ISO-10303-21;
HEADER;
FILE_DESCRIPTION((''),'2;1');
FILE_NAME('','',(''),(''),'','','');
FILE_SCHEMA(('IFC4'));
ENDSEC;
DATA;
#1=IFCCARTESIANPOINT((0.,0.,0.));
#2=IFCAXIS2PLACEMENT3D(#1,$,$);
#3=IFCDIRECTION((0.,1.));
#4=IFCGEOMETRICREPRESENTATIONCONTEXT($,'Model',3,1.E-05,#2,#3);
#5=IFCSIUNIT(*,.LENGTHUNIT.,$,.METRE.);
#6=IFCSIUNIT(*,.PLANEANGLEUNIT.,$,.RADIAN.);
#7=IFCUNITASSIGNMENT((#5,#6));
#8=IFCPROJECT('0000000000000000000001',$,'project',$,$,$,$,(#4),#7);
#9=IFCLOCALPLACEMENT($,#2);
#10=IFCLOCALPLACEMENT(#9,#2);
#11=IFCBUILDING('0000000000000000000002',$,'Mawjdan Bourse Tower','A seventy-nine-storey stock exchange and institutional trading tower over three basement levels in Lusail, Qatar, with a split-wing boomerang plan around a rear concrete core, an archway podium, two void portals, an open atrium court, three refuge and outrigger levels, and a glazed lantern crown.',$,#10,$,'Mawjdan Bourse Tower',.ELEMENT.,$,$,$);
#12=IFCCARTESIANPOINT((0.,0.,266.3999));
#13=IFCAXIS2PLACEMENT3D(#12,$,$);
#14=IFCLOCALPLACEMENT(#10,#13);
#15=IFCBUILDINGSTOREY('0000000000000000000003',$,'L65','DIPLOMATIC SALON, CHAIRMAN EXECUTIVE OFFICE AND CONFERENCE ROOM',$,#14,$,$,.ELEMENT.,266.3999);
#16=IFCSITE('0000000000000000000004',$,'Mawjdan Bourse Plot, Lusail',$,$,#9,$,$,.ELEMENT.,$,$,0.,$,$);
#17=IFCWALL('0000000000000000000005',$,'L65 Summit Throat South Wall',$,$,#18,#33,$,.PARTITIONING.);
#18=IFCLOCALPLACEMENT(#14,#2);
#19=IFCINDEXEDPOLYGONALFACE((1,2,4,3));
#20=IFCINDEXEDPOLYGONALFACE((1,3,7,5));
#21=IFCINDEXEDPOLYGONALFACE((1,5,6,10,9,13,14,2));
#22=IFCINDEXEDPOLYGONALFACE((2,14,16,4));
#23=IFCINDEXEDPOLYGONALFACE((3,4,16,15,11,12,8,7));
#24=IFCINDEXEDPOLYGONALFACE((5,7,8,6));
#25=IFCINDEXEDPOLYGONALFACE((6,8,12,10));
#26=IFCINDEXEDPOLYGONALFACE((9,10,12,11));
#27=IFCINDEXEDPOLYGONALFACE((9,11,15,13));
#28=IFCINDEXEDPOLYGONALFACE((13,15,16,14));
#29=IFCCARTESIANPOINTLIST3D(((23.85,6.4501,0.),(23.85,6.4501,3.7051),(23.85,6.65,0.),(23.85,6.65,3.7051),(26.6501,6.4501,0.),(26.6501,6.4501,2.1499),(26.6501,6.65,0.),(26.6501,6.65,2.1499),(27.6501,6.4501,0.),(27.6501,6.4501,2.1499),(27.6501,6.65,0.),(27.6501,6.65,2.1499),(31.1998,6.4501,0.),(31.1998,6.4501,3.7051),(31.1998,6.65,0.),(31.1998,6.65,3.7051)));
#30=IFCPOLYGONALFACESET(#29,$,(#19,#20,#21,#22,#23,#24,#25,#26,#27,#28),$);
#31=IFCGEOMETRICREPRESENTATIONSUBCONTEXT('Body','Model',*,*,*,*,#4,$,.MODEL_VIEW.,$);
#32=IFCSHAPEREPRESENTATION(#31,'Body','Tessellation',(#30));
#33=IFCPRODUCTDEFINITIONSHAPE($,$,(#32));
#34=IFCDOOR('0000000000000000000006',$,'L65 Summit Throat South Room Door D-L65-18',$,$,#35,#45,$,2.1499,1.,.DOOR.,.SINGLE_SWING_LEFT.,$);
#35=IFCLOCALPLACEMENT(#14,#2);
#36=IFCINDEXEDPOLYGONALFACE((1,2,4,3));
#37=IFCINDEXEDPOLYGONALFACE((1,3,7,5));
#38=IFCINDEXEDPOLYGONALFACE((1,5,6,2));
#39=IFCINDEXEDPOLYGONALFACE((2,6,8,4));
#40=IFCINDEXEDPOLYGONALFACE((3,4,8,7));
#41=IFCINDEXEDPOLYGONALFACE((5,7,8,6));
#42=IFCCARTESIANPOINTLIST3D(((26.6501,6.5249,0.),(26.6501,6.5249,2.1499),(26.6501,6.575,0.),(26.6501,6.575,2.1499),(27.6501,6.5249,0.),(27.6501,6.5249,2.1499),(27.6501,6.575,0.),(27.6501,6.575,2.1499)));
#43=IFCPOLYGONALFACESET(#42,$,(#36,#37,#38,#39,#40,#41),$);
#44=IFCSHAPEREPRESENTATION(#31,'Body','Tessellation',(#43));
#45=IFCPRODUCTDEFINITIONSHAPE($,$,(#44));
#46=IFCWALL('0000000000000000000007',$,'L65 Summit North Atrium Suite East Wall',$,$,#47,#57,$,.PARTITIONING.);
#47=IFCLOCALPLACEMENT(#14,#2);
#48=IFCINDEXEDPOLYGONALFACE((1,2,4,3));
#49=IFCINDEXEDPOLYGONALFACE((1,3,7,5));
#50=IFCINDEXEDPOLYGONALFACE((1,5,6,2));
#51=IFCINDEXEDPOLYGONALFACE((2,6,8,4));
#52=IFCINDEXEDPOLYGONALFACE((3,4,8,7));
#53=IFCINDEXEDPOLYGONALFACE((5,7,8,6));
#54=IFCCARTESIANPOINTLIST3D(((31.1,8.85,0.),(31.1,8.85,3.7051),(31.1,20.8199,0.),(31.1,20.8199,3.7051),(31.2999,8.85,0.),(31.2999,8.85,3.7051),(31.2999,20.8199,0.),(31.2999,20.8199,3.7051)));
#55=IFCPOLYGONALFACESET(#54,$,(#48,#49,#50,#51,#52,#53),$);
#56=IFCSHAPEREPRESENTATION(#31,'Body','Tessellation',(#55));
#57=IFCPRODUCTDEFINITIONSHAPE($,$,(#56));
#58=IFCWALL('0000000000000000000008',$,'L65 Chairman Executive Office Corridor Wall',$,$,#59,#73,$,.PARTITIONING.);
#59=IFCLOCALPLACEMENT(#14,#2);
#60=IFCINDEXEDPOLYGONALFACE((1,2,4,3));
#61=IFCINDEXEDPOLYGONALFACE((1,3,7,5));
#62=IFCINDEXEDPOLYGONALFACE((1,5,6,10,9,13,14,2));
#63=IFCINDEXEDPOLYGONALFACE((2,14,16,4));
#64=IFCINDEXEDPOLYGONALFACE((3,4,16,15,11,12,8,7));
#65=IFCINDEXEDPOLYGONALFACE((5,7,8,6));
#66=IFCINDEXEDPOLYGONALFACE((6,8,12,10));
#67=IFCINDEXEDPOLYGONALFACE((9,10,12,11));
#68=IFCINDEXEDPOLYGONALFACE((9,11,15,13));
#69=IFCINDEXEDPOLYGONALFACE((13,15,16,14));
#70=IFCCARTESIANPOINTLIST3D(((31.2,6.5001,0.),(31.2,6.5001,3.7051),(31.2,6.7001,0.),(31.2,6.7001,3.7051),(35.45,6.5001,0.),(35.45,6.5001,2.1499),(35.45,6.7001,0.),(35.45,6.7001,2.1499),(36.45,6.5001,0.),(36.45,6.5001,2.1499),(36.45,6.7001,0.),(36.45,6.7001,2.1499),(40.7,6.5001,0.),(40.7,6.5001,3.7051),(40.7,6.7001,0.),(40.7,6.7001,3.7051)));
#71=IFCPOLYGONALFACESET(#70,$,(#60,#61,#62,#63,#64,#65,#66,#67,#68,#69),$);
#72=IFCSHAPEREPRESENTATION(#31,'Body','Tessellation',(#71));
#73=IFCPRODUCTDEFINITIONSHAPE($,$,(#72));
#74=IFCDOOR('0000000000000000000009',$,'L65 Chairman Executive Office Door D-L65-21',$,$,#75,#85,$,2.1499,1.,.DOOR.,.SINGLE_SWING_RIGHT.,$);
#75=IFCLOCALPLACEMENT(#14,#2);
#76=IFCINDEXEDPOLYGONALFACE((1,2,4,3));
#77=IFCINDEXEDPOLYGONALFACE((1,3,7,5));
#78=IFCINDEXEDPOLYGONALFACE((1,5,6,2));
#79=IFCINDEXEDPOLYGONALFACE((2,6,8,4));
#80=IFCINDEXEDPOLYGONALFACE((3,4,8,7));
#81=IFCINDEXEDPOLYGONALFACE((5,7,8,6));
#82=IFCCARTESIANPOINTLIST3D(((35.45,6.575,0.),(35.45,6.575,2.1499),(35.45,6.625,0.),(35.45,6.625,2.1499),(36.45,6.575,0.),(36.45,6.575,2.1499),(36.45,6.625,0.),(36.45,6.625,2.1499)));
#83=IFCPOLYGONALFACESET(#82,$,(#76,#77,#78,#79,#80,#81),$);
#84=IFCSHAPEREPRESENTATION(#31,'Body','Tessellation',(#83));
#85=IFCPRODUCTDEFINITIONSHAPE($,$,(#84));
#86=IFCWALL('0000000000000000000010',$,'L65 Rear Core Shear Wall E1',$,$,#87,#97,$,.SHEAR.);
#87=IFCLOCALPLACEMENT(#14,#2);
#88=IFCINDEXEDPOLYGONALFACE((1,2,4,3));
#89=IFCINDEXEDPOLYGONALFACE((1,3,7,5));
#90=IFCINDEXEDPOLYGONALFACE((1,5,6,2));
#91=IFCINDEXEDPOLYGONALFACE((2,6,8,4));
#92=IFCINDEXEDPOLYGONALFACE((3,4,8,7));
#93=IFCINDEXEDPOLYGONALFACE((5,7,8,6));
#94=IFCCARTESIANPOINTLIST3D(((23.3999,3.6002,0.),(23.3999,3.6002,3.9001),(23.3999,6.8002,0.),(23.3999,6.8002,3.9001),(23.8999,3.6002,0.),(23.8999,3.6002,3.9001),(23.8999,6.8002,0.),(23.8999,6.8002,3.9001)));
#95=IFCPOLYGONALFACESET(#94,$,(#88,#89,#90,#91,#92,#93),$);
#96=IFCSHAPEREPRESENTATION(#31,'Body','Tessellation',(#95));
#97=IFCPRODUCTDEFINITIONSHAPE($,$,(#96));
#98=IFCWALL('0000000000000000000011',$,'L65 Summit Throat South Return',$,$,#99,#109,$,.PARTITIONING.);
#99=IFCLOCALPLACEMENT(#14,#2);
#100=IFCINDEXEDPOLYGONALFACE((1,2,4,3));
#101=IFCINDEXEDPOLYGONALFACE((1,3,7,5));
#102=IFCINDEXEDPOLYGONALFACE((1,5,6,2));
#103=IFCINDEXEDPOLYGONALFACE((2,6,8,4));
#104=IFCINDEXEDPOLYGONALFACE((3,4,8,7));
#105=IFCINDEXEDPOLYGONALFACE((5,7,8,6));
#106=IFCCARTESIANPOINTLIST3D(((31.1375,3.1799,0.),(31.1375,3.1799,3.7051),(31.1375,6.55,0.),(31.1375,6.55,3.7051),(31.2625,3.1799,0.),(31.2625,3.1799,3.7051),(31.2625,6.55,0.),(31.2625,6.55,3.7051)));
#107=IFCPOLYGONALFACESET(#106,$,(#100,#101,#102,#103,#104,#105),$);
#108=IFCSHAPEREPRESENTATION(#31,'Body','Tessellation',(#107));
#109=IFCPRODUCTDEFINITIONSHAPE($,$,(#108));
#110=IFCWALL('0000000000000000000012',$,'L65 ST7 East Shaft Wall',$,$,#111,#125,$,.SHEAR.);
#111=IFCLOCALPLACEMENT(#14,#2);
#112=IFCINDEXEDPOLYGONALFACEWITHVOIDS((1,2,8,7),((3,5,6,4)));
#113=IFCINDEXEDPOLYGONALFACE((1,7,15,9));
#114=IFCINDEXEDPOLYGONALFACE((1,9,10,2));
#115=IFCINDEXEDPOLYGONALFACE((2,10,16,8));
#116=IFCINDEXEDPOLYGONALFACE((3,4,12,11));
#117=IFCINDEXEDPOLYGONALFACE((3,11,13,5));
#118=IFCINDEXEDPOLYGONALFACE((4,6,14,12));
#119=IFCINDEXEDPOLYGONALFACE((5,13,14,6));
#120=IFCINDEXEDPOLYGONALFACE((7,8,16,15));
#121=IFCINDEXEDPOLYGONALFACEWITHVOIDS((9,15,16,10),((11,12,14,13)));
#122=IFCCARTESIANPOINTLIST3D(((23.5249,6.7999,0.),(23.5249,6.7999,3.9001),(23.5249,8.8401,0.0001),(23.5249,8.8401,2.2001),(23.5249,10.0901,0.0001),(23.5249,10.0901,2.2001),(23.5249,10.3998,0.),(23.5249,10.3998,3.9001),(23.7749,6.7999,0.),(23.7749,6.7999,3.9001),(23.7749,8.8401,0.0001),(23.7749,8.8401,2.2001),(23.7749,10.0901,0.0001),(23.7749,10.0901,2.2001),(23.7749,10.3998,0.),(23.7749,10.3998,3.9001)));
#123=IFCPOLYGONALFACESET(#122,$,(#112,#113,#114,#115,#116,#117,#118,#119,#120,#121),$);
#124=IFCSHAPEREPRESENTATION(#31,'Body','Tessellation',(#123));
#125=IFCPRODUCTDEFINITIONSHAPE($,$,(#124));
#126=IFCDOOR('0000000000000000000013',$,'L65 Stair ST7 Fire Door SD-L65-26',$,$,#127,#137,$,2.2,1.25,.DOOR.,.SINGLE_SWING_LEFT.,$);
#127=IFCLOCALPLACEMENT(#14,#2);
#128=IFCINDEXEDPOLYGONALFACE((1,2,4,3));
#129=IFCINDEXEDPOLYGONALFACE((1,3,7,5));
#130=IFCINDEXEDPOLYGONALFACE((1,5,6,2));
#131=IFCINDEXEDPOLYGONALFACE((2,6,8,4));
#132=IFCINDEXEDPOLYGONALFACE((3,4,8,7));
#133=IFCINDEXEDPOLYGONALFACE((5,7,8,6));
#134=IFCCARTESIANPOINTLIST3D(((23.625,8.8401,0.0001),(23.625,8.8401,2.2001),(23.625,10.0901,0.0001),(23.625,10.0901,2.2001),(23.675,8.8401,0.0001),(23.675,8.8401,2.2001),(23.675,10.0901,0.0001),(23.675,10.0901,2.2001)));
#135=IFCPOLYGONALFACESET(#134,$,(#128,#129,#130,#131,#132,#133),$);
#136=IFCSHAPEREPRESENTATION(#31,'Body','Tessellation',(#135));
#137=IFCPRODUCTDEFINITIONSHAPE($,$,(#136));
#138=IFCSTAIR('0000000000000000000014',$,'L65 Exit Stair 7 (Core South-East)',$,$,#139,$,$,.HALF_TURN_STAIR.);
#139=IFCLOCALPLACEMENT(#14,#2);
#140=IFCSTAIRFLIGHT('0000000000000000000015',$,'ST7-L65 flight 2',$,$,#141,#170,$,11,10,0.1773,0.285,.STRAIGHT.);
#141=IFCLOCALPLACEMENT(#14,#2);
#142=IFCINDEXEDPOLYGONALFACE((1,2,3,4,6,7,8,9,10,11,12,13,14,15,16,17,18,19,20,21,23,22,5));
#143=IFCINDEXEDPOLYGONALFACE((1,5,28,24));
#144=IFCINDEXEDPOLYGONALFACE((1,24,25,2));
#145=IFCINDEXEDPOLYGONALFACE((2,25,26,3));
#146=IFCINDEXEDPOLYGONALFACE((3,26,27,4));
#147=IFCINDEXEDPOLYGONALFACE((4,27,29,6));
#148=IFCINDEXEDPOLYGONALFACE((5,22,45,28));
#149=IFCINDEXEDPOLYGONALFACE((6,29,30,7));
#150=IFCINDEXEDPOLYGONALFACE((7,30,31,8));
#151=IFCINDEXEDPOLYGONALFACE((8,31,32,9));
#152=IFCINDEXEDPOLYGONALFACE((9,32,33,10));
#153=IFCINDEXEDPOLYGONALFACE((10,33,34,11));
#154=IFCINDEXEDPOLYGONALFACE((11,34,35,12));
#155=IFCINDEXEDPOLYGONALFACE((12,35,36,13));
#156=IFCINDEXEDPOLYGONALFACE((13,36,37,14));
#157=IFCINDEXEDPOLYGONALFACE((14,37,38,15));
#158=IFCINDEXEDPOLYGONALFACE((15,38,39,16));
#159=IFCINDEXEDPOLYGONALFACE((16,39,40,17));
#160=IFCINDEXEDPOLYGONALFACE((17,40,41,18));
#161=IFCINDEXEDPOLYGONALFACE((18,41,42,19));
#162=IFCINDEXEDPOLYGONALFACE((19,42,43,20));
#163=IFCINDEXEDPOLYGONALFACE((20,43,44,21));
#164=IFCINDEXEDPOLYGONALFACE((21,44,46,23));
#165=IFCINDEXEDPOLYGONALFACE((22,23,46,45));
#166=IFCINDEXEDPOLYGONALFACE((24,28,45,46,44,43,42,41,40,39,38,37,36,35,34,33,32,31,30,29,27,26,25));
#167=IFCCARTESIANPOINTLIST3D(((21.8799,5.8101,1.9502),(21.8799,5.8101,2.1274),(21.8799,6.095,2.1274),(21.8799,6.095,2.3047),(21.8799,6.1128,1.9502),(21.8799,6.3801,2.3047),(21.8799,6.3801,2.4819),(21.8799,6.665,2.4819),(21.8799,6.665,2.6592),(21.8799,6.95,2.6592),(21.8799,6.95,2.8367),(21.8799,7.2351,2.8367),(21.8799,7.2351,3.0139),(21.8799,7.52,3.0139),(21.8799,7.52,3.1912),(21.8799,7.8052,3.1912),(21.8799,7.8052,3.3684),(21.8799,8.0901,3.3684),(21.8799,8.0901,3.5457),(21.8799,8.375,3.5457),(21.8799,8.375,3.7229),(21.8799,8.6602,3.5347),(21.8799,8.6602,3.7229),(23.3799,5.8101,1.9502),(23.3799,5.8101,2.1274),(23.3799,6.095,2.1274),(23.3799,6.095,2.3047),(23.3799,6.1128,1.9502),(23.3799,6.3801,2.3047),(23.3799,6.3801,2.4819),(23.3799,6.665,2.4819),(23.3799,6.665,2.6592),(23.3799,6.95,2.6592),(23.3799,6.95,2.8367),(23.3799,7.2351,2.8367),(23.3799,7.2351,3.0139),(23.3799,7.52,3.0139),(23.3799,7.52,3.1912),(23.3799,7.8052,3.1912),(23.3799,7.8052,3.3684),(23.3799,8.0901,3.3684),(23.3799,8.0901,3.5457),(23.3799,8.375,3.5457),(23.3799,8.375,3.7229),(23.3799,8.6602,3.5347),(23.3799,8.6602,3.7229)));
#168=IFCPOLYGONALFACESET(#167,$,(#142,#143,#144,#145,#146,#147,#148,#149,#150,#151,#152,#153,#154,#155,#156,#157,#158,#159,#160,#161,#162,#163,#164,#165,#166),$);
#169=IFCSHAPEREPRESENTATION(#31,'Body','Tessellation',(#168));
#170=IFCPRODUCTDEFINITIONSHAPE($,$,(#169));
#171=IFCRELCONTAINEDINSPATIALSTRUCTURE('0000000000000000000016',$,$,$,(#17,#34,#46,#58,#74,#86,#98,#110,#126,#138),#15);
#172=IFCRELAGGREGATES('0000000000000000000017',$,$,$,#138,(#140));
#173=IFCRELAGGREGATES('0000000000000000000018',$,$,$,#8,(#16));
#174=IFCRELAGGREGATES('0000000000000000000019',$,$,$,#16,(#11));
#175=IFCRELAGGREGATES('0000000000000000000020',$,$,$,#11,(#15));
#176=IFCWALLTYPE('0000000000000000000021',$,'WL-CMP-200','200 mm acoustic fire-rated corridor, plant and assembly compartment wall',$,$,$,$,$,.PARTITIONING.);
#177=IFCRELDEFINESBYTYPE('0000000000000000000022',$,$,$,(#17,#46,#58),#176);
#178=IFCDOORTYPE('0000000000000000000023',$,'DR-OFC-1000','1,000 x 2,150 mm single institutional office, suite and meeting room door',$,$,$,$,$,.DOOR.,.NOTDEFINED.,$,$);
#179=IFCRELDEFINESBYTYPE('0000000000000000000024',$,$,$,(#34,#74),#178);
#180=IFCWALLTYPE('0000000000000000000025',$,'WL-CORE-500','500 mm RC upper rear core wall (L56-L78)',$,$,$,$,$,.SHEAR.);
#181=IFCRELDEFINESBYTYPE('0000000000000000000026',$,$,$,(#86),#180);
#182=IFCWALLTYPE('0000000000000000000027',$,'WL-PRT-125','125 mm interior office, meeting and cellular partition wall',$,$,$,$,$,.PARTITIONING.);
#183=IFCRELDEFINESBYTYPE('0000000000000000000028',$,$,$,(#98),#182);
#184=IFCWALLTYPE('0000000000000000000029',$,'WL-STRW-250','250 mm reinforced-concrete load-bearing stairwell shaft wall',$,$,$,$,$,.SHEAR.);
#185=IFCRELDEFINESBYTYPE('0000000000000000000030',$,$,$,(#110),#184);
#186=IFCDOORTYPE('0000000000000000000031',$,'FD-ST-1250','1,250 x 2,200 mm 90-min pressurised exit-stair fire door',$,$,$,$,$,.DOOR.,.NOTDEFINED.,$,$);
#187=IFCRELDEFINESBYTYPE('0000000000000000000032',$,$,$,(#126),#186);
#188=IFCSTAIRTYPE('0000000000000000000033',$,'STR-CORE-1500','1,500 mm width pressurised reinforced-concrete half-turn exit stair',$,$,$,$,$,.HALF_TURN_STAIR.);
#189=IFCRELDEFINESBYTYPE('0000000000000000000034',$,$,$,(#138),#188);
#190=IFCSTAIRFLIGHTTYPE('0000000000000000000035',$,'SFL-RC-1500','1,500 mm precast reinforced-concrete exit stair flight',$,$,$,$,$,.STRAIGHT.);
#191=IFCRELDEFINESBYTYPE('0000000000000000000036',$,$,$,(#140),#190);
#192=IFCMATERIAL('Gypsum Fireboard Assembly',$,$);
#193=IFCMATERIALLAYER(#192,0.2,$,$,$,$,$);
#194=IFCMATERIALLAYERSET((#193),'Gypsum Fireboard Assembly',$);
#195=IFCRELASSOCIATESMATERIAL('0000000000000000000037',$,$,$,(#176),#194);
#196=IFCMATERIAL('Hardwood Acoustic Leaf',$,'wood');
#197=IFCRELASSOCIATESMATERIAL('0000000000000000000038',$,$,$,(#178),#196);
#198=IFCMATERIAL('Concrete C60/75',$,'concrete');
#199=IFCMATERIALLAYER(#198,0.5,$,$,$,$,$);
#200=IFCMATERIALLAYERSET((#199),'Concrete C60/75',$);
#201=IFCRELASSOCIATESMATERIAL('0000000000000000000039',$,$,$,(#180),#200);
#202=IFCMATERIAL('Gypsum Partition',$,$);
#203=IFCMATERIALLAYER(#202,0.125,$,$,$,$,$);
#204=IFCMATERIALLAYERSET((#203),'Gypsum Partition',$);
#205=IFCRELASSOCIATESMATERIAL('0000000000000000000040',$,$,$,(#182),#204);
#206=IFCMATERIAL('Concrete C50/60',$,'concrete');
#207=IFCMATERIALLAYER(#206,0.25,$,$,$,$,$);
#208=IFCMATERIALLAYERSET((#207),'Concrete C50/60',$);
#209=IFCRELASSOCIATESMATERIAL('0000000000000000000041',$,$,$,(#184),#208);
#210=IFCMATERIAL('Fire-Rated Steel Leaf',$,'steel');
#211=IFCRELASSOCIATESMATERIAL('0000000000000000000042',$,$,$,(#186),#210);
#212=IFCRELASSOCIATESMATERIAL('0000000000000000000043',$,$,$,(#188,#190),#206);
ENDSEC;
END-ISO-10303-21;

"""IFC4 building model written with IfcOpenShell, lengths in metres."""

from ifc_helpers import new_model, si_unit, direction, frame, frame_2d, origin, place, context, subcontext, project, spatial, polyline, rectangle, outline, extrude, material, layer, layer_set, type_object, element, fill, aggregate, save


model = new_model("IFC4")

# Units and contexts
model_context = context("Model", 3, precision=1e-05, world=origin(), true_north=direction((0.0, 1.0)))
body_context = subcontext(model_context, "Body", "Model", "MODEL_VIEW")
ifc_project = project(units=[si_unit("LENGTHUNIT", "METRE"), si_unit("PLANEANGLEUNIT", "RADIAN")], contexts=[model_context])

# Site, building, storey
site_placement = place(None, origin())
site = spatial("IfcSite", under=ifc_project, at=site_placement, Name="Mawjdan Bourse Plot, Lusail", CompositionType="ELEMENT", RefElevation=0.0)
building_placement = place(site_placement, origin())
building = spatial("IfcBuilding", under=site, at=building_placement, Name="Mawjdan Bourse Tower", Description="A seventy-nine-storey stock exchange and institutional trading tower over three basement levels in Lusail, Qatar, with a split-wing boomerang plan around a rear concrete core, an archway podium, two void portals, an open atrium court, three refuge and outrigger levels, and a glazed lantern crown.", LongName="Mawjdan Bourse Tower", CompositionType="ELEMENT")
storey_placement = place(building_placement, frame((0.0, 0.0, 266.3999)))
storey = spatial("IfcBuildingStorey", under=building, at=storey_placement, Name="L65", Description="DIPLOMATIC SALON, CHAIRMAN EXECUTIVE OFFICE AND CONFERENCE ROOM", CompositionType="ELEMENT", Elevation=266.3999)

# Shared definitions
ifc_material_1 = material(Name="Concrete C60/75", Category="concrete")

# Wall, opening, door
ifc_material_2 = material(Name="Gypsum Fireboard Assembly")
ifc_layer_1 = layer(ifc_material_2, 0.2)
ifc_layer_set_1 = layer_set([ifc_layer_1], Name="Gypsum Fireboard Assembly")
wall_type_1 = type_object("IfcWallType", Name="WL-CMP-200", Description="200 mm acoustic fire-rated corridor, plant and assembly compartment wall", PredefinedType="PARTITIONING", material=ifc_layer_set_1)
wall_1_placement = place(storey_placement, frame((23.8501, 6.55, 0.0), z_axis=(0.0, 0.0, 1.0), x_axis=(1.0, 0.0, 0.0)))
wall_1 = element("IfcWall", 1, at=wall_1_placement, inside=storey, type_object=wall_type_1, Name="L65 Summit Throat South Wall", PredefinedType="PARTITIONING", context=body_context, shape_type="SweptSolid", body=[
    extrude(rectangle(XDim=7.3499, YDim=0.2, at=frame_2d((3.6748, 0.0))), origin(), (0.0, 0.0, 1.0), 3.7051),
])
opening_1_placement = place(wall_1_placement, frame((2.8, 0.0, 0.0)))
opening_1 = element("IfcOpeningElement", 2, at=opening_1_placement, cuts=wall_1, PredefinedType="OPENING", context=body_context, shape_type="SweptSolid", body=[
    extrude(rectangle(XDim=1.0, YDim=2.1499, at=frame_2d((0.5, 1.075))), frame((0.0, 0.1099, 0.0), z_axis=(0.0, -1.0, 0.0), x_axis=(1.0, 0.0, 0.0)), (0.0, 0.0, 1.0), 0.22),
])
ifc_material_3 = material(Name="Hardwood Acoustic Leaf", Category="wood")
door_type_1 = type_object("IfcDoorType", Name="DR-OFC-1000", Description="1,000 x 2,150 mm single institutional office, suite and meeting room door", OperationType="NOTDEFINED", PredefinedType="DOOR", material=ifc_material_3)
door_1_placement = place(opening_1_placement, origin())
door_1 = element("IfcDoor", 3, at=door_1_placement, inside=storey, type_object=door_type_1, Name="L65 Summit Throat South Room Door D-L65-18", OperationType="SINGLE_SWING_LEFT", OverallHeight=2.1499, OverallWidth=1.0, PredefinedType="DOOR", context=body_context, shape_type="SweptSolid", body=[
    extrude(rectangle(XDim=1.0, YDim=2.1499, at=frame_2d((0.5, 1.075))), frame((0.0, 0.0249, 0.0), z_axis=(0.0, -1.0, 0.0), x_axis=(1.0, 0.0, 0.0)), (0.0, 0.0, 1.0), 0.05),
])
fill(opening_1, door_1)

# Wall
wall_2_placement = place(storey_placement, frame((31.2, 8.8501, 0.0), z_axis=(0.0, 0.0, 1.0), x_axis=(0.0, 1.0, 0.0)))
element("IfcWall", 4, at=wall_2_placement, inside=storey, type_object=wall_type_1, Name="L65 Summit North Atrium Suite East Wall", PredefinedType="PARTITIONING", context=body_context, shape_type="SweptSolid", body=[
    extrude(rectangle(XDim=11.97, YDim=0.2, at=frame_2d((5.9849, 0.0))), origin(), (0.0, 0.0, 1.0), 3.7051),
])

# Wall, opening, door
wall_3_placement = place(storey_placement, frame((31.2, 6.6001, 0.0), z_axis=(0.0, 0.0, 1.0), x_axis=(1.0, 0.0, 0.0)))
wall_3 = element("IfcWall", 5, at=wall_3_placement, inside=storey, type_object=wall_type_1, Name="L65 Chairman Executive Office Corridor Wall", PredefinedType="PARTITIONING", context=body_context, shape_type="SweptSolid", body=[
    extrude(rectangle(XDim=9.5, YDim=0.2, at=frame_2d((4.75, 0.0))), origin(), (0.0, 0.0, 1.0), 3.7051),
])
opening_2_placement = place(wall_3_placement, frame((4.25, 0.0, 0.0)))
opening_2 = element("IfcOpeningElement", 6, at=opening_2_placement, cuts=wall_3, PredefinedType="OPENING", context=body_context, shape_type="SweptSolid", body=[
    extrude(rectangle(XDim=1.0, YDim=2.1499, at=frame_2d((0.5, 1.075))), frame((0.0, 0.1099, 0.0), z_axis=(0.0, -1.0, 0.0), x_axis=(1.0, 0.0, 0.0)), (0.0, 0.0, 1.0), 0.22),
])
door_2_placement = place(opening_2_placement, origin())
door_2 = element("IfcDoor", 7, at=door_2_placement, inside=storey, type_object=door_type_1, Name="L65 Chairman Executive Office Door D-L65-21", OperationType="SINGLE_SWING_RIGHT", OverallHeight=2.1499, OverallWidth=1.0, PredefinedType="DOOR", context=body_context, shape_type="SweptSolid", body=[
    extrude(rectangle(XDim=1.0, YDim=2.1499, at=frame_2d((0.5, 1.075))), frame((0.0, 0.0249, 0.0), z_axis=(0.0, -1.0, 0.0), x_axis=(1.0, 0.0, 0.0)), (0.0, 0.0, 1.0), 0.05),
])
fill(opening_2, door_2)

# Walls
ifc_layer_2 = layer(ifc_material_1, 0.5)
ifc_layer_set_2 = layer_set([ifc_layer_2], Name="Concrete C60/75")
wall_type_2 = type_object("IfcWallType", Name="WL-CORE-500", Description="500 mm RC upper rear core wall (L56-L78)", PredefinedType="SHEAR", material=ifc_layer_set_2)
wall_4_placement = place(storey_placement, frame((23.6499, 3.6001, 0.0), z_axis=(0.0, 0.0, 1.0), x_axis=(0.0, 1.0, 0.0)))
element("IfcWall", 8, at=wall_4_placement, inside=storey, type_object=wall_type_2, Name="L65 Rear Core Shear Wall E1", PredefinedType="SHEAR", context=body_context, shape_type="SweptSolid", body=[
    extrude(rectangle(XDim=3.2, YDim=0.5, at=frame_2d((1.6001, 0.0))), origin(), (0.0, 0.0, 1.0), 3.9001),
])
ifc_material_4 = material(Name="Gypsum Partition")
ifc_layer_3 = layer(ifc_material_4, 0.125)
ifc_layer_set_3 = layer_set([ifc_layer_3], Name="Gypsum Partition")
wall_type_3 = type_object("IfcWallType", Name="WL-PRT-125", Description="125 mm interior office, meeting and cellular partition wall", PredefinedType="PARTITIONING", material=ifc_layer_set_3)
wall_5_placement = place(storey_placement, frame((31.2, 3.1799, 0.0), z_axis=(0.0, 0.0, 1.0), x_axis=(0.0, 1.0, 0.0)))
element("IfcWall", 9, at=wall_5_placement, inside=storey, type_object=wall_type_3, Name="L65 Summit Throat South Return", PredefinedType="PARTITIONING", context=body_context, shape_type="SweptSolid", body=[
    extrude(rectangle(XDim=3.3701, YDim=0.125, at=frame_2d((1.6851, 0.0))), origin(), (0.0, 0.0, 1.0), 3.7051),
])

# Wall, opening, door
ifc_material_5 = material(Name="Concrete C50/60", Category="concrete")
ifc_layer_4 = layer(ifc_material_5, 0.25)
ifc_layer_set_4 = layer_set([ifc_layer_4], Name="Concrete C50/60")
wall_type_4 = type_object("IfcWallType", Name="WL-STRW-250", Description="250 mm reinforced-concrete load-bearing stairwell shaft wall", PredefinedType="SHEAR", material=ifc_layer_set_4)
wall_6_placement = place(storey_placement, frame((23.6499, 6.8, 0.0), z_axis=(0.0, 0.0, 1.0), x_axis=(0.0, 1.0, 0.0)))
wall_6 = element("IfcWall", 10, at=wall_6_placement, inside=storey, type_object=wall_type_4, Name="L65 ST7 East Shaft Wall", PredefinedType="SHEAR", context=body_context, shape_type="SweptSolid", body=[
    extrude(rectangle(XDim=3.5999, YDim=0.25, at=frame_2d((1.7998, 0.0))), origin(), (0.0, 0.0, 1.0), 3.9001),
])
opening_3_placement = place(wall_6_placement, frame((2.04, 0.0, 0.0)))
opening_3 = element("IfcOpeningElement", 11, at=opening_3_placement, cuts=wall_6, PredefinedType="OPENING", context=body_context, shape_type="SweptSolid", body=[
    extrude(rectangle(XDim=1.25, YDim=2.2, at=frame_2d((0.625, 1.1001))), frame((0.0, 0.135, 0.0), z_axis=(0.0, -1.0, 0.0), x_axis=(1.0, 0.0, 0.0)), (0.0, 0.0, 1.0), 0.27),
])
ifc_material_6 = material(Name="Fire-Rated Steel Leaf", Category="steel")
door_type_2 = type_object("IfcDoorType", Name="FD-ST-1250", Description="1,250 x 2,200 mm 90-min pressurised exit-stair fire door", OperationType="NOTDEFINED", PredefinedType="DOOR", material=ifc_material_6)
door_3_placement = place(opening_3_placement, origin())
door_3 = element("IfcDoor", 12, at=door_3_placement, inside=storey, type_object=door_type_2, Name="L65 Stair ST7 Fire Door SD-L65-26", OperationType="SINGLE_SWING_LEFT", OverallHeight=2.2, OverallWidth=1.25, PredefinedType="DOOR", context=body_context, shape_type="SweptSolid", body=[
    extrude(rectangle(XDim=1.25, YDim=2.2, at=frame_2d((0.625, 1.1001))), frame((0.0, 0.0249, 0.0), z_axis=(0.0, -1.0, 0.0), x_axis=(1.0, 0.0, 0.0)), (0.0, 0.0, 1.0), 0.05),
])
fill(opening_3, door_3)

# Stair, stair flight
stair_type = type_object("IfcStairType", Name="STR-CORE-1500", Description="1,500 mm width pressurised reinforced-concrete half-turn exit stair", PredefinedType="HALF_TURN_STAIR", material=ifc_material_5)
stair_placement = place(storey_placement, origin())
stair = element("IfcStair", 13, at=stair_placement, inside=storey, type_object=stair_type, Name="L65 Exit Stair 7 (Core South-East)", PredefinedType="HALF_TURN_STAIR")
stair_flight_type = type_object("IfcStairFlightType", Name="SFL-RC-1500", Description="1,500 mm precast reinforced-concrete exit stair flight", PredefinedType="STRAIGHT", material=ifc_material_5)
stair_flight_placement = place(storey_placement, frame((22.6299, 5.8101, 1.9502), z_axis=(0.0, 0.0, 1.0), x_axis=(0.0, 1.0, 0.0)))
stair_flight = element("IfcStairFlight", 14, at=stair_flight_placement, type_object=stair_flight_type, Name="ST7-L65 flight 2", NumberOfRisers=11, NumberOfTreads=10, PredefinedType="STRAIGHT", RiserHeight=0.1773, TreadLength=0.285, context=body_context, shape_type="SweptSolid", body=[
    extrude(outline(polyline([(0.0, 0.0), (0.0, 0.1772), (0.2849, 0.1772), (0.2849, 0.3545), (0.5701, 0.3545), (0.5701, 0.5317), (0.855, 0.5317), (0.855, 0.709), (1.1399, 0.709), (1.1399, 0.8865), (1.425, 0.8865), (1.425, 1.0637), (1.71, 1.0637), (1.71, 1.241), (1.9951, 1.241), (1.9951, 1.4182), (2.28, 1.4182), (2.28, 1.5955), (2.5649, 1.5955), (2.5649, 1.7727), (2.8501, 1.7727), (2.8501, 1.95), (2.8501, 1.5845), (0.3027, 0.0), (0.0, 0.0)])), frame((0.0, 0.75, 0.0), z_axis=(0.0, -1.0, 0.0), x_axis=(1.0, 0.0, 0.0)), (0.0, 0.0, 1.0), 1.5),
])
aggregate(stair, [stair_flight])

save(model, "model.ifc")
